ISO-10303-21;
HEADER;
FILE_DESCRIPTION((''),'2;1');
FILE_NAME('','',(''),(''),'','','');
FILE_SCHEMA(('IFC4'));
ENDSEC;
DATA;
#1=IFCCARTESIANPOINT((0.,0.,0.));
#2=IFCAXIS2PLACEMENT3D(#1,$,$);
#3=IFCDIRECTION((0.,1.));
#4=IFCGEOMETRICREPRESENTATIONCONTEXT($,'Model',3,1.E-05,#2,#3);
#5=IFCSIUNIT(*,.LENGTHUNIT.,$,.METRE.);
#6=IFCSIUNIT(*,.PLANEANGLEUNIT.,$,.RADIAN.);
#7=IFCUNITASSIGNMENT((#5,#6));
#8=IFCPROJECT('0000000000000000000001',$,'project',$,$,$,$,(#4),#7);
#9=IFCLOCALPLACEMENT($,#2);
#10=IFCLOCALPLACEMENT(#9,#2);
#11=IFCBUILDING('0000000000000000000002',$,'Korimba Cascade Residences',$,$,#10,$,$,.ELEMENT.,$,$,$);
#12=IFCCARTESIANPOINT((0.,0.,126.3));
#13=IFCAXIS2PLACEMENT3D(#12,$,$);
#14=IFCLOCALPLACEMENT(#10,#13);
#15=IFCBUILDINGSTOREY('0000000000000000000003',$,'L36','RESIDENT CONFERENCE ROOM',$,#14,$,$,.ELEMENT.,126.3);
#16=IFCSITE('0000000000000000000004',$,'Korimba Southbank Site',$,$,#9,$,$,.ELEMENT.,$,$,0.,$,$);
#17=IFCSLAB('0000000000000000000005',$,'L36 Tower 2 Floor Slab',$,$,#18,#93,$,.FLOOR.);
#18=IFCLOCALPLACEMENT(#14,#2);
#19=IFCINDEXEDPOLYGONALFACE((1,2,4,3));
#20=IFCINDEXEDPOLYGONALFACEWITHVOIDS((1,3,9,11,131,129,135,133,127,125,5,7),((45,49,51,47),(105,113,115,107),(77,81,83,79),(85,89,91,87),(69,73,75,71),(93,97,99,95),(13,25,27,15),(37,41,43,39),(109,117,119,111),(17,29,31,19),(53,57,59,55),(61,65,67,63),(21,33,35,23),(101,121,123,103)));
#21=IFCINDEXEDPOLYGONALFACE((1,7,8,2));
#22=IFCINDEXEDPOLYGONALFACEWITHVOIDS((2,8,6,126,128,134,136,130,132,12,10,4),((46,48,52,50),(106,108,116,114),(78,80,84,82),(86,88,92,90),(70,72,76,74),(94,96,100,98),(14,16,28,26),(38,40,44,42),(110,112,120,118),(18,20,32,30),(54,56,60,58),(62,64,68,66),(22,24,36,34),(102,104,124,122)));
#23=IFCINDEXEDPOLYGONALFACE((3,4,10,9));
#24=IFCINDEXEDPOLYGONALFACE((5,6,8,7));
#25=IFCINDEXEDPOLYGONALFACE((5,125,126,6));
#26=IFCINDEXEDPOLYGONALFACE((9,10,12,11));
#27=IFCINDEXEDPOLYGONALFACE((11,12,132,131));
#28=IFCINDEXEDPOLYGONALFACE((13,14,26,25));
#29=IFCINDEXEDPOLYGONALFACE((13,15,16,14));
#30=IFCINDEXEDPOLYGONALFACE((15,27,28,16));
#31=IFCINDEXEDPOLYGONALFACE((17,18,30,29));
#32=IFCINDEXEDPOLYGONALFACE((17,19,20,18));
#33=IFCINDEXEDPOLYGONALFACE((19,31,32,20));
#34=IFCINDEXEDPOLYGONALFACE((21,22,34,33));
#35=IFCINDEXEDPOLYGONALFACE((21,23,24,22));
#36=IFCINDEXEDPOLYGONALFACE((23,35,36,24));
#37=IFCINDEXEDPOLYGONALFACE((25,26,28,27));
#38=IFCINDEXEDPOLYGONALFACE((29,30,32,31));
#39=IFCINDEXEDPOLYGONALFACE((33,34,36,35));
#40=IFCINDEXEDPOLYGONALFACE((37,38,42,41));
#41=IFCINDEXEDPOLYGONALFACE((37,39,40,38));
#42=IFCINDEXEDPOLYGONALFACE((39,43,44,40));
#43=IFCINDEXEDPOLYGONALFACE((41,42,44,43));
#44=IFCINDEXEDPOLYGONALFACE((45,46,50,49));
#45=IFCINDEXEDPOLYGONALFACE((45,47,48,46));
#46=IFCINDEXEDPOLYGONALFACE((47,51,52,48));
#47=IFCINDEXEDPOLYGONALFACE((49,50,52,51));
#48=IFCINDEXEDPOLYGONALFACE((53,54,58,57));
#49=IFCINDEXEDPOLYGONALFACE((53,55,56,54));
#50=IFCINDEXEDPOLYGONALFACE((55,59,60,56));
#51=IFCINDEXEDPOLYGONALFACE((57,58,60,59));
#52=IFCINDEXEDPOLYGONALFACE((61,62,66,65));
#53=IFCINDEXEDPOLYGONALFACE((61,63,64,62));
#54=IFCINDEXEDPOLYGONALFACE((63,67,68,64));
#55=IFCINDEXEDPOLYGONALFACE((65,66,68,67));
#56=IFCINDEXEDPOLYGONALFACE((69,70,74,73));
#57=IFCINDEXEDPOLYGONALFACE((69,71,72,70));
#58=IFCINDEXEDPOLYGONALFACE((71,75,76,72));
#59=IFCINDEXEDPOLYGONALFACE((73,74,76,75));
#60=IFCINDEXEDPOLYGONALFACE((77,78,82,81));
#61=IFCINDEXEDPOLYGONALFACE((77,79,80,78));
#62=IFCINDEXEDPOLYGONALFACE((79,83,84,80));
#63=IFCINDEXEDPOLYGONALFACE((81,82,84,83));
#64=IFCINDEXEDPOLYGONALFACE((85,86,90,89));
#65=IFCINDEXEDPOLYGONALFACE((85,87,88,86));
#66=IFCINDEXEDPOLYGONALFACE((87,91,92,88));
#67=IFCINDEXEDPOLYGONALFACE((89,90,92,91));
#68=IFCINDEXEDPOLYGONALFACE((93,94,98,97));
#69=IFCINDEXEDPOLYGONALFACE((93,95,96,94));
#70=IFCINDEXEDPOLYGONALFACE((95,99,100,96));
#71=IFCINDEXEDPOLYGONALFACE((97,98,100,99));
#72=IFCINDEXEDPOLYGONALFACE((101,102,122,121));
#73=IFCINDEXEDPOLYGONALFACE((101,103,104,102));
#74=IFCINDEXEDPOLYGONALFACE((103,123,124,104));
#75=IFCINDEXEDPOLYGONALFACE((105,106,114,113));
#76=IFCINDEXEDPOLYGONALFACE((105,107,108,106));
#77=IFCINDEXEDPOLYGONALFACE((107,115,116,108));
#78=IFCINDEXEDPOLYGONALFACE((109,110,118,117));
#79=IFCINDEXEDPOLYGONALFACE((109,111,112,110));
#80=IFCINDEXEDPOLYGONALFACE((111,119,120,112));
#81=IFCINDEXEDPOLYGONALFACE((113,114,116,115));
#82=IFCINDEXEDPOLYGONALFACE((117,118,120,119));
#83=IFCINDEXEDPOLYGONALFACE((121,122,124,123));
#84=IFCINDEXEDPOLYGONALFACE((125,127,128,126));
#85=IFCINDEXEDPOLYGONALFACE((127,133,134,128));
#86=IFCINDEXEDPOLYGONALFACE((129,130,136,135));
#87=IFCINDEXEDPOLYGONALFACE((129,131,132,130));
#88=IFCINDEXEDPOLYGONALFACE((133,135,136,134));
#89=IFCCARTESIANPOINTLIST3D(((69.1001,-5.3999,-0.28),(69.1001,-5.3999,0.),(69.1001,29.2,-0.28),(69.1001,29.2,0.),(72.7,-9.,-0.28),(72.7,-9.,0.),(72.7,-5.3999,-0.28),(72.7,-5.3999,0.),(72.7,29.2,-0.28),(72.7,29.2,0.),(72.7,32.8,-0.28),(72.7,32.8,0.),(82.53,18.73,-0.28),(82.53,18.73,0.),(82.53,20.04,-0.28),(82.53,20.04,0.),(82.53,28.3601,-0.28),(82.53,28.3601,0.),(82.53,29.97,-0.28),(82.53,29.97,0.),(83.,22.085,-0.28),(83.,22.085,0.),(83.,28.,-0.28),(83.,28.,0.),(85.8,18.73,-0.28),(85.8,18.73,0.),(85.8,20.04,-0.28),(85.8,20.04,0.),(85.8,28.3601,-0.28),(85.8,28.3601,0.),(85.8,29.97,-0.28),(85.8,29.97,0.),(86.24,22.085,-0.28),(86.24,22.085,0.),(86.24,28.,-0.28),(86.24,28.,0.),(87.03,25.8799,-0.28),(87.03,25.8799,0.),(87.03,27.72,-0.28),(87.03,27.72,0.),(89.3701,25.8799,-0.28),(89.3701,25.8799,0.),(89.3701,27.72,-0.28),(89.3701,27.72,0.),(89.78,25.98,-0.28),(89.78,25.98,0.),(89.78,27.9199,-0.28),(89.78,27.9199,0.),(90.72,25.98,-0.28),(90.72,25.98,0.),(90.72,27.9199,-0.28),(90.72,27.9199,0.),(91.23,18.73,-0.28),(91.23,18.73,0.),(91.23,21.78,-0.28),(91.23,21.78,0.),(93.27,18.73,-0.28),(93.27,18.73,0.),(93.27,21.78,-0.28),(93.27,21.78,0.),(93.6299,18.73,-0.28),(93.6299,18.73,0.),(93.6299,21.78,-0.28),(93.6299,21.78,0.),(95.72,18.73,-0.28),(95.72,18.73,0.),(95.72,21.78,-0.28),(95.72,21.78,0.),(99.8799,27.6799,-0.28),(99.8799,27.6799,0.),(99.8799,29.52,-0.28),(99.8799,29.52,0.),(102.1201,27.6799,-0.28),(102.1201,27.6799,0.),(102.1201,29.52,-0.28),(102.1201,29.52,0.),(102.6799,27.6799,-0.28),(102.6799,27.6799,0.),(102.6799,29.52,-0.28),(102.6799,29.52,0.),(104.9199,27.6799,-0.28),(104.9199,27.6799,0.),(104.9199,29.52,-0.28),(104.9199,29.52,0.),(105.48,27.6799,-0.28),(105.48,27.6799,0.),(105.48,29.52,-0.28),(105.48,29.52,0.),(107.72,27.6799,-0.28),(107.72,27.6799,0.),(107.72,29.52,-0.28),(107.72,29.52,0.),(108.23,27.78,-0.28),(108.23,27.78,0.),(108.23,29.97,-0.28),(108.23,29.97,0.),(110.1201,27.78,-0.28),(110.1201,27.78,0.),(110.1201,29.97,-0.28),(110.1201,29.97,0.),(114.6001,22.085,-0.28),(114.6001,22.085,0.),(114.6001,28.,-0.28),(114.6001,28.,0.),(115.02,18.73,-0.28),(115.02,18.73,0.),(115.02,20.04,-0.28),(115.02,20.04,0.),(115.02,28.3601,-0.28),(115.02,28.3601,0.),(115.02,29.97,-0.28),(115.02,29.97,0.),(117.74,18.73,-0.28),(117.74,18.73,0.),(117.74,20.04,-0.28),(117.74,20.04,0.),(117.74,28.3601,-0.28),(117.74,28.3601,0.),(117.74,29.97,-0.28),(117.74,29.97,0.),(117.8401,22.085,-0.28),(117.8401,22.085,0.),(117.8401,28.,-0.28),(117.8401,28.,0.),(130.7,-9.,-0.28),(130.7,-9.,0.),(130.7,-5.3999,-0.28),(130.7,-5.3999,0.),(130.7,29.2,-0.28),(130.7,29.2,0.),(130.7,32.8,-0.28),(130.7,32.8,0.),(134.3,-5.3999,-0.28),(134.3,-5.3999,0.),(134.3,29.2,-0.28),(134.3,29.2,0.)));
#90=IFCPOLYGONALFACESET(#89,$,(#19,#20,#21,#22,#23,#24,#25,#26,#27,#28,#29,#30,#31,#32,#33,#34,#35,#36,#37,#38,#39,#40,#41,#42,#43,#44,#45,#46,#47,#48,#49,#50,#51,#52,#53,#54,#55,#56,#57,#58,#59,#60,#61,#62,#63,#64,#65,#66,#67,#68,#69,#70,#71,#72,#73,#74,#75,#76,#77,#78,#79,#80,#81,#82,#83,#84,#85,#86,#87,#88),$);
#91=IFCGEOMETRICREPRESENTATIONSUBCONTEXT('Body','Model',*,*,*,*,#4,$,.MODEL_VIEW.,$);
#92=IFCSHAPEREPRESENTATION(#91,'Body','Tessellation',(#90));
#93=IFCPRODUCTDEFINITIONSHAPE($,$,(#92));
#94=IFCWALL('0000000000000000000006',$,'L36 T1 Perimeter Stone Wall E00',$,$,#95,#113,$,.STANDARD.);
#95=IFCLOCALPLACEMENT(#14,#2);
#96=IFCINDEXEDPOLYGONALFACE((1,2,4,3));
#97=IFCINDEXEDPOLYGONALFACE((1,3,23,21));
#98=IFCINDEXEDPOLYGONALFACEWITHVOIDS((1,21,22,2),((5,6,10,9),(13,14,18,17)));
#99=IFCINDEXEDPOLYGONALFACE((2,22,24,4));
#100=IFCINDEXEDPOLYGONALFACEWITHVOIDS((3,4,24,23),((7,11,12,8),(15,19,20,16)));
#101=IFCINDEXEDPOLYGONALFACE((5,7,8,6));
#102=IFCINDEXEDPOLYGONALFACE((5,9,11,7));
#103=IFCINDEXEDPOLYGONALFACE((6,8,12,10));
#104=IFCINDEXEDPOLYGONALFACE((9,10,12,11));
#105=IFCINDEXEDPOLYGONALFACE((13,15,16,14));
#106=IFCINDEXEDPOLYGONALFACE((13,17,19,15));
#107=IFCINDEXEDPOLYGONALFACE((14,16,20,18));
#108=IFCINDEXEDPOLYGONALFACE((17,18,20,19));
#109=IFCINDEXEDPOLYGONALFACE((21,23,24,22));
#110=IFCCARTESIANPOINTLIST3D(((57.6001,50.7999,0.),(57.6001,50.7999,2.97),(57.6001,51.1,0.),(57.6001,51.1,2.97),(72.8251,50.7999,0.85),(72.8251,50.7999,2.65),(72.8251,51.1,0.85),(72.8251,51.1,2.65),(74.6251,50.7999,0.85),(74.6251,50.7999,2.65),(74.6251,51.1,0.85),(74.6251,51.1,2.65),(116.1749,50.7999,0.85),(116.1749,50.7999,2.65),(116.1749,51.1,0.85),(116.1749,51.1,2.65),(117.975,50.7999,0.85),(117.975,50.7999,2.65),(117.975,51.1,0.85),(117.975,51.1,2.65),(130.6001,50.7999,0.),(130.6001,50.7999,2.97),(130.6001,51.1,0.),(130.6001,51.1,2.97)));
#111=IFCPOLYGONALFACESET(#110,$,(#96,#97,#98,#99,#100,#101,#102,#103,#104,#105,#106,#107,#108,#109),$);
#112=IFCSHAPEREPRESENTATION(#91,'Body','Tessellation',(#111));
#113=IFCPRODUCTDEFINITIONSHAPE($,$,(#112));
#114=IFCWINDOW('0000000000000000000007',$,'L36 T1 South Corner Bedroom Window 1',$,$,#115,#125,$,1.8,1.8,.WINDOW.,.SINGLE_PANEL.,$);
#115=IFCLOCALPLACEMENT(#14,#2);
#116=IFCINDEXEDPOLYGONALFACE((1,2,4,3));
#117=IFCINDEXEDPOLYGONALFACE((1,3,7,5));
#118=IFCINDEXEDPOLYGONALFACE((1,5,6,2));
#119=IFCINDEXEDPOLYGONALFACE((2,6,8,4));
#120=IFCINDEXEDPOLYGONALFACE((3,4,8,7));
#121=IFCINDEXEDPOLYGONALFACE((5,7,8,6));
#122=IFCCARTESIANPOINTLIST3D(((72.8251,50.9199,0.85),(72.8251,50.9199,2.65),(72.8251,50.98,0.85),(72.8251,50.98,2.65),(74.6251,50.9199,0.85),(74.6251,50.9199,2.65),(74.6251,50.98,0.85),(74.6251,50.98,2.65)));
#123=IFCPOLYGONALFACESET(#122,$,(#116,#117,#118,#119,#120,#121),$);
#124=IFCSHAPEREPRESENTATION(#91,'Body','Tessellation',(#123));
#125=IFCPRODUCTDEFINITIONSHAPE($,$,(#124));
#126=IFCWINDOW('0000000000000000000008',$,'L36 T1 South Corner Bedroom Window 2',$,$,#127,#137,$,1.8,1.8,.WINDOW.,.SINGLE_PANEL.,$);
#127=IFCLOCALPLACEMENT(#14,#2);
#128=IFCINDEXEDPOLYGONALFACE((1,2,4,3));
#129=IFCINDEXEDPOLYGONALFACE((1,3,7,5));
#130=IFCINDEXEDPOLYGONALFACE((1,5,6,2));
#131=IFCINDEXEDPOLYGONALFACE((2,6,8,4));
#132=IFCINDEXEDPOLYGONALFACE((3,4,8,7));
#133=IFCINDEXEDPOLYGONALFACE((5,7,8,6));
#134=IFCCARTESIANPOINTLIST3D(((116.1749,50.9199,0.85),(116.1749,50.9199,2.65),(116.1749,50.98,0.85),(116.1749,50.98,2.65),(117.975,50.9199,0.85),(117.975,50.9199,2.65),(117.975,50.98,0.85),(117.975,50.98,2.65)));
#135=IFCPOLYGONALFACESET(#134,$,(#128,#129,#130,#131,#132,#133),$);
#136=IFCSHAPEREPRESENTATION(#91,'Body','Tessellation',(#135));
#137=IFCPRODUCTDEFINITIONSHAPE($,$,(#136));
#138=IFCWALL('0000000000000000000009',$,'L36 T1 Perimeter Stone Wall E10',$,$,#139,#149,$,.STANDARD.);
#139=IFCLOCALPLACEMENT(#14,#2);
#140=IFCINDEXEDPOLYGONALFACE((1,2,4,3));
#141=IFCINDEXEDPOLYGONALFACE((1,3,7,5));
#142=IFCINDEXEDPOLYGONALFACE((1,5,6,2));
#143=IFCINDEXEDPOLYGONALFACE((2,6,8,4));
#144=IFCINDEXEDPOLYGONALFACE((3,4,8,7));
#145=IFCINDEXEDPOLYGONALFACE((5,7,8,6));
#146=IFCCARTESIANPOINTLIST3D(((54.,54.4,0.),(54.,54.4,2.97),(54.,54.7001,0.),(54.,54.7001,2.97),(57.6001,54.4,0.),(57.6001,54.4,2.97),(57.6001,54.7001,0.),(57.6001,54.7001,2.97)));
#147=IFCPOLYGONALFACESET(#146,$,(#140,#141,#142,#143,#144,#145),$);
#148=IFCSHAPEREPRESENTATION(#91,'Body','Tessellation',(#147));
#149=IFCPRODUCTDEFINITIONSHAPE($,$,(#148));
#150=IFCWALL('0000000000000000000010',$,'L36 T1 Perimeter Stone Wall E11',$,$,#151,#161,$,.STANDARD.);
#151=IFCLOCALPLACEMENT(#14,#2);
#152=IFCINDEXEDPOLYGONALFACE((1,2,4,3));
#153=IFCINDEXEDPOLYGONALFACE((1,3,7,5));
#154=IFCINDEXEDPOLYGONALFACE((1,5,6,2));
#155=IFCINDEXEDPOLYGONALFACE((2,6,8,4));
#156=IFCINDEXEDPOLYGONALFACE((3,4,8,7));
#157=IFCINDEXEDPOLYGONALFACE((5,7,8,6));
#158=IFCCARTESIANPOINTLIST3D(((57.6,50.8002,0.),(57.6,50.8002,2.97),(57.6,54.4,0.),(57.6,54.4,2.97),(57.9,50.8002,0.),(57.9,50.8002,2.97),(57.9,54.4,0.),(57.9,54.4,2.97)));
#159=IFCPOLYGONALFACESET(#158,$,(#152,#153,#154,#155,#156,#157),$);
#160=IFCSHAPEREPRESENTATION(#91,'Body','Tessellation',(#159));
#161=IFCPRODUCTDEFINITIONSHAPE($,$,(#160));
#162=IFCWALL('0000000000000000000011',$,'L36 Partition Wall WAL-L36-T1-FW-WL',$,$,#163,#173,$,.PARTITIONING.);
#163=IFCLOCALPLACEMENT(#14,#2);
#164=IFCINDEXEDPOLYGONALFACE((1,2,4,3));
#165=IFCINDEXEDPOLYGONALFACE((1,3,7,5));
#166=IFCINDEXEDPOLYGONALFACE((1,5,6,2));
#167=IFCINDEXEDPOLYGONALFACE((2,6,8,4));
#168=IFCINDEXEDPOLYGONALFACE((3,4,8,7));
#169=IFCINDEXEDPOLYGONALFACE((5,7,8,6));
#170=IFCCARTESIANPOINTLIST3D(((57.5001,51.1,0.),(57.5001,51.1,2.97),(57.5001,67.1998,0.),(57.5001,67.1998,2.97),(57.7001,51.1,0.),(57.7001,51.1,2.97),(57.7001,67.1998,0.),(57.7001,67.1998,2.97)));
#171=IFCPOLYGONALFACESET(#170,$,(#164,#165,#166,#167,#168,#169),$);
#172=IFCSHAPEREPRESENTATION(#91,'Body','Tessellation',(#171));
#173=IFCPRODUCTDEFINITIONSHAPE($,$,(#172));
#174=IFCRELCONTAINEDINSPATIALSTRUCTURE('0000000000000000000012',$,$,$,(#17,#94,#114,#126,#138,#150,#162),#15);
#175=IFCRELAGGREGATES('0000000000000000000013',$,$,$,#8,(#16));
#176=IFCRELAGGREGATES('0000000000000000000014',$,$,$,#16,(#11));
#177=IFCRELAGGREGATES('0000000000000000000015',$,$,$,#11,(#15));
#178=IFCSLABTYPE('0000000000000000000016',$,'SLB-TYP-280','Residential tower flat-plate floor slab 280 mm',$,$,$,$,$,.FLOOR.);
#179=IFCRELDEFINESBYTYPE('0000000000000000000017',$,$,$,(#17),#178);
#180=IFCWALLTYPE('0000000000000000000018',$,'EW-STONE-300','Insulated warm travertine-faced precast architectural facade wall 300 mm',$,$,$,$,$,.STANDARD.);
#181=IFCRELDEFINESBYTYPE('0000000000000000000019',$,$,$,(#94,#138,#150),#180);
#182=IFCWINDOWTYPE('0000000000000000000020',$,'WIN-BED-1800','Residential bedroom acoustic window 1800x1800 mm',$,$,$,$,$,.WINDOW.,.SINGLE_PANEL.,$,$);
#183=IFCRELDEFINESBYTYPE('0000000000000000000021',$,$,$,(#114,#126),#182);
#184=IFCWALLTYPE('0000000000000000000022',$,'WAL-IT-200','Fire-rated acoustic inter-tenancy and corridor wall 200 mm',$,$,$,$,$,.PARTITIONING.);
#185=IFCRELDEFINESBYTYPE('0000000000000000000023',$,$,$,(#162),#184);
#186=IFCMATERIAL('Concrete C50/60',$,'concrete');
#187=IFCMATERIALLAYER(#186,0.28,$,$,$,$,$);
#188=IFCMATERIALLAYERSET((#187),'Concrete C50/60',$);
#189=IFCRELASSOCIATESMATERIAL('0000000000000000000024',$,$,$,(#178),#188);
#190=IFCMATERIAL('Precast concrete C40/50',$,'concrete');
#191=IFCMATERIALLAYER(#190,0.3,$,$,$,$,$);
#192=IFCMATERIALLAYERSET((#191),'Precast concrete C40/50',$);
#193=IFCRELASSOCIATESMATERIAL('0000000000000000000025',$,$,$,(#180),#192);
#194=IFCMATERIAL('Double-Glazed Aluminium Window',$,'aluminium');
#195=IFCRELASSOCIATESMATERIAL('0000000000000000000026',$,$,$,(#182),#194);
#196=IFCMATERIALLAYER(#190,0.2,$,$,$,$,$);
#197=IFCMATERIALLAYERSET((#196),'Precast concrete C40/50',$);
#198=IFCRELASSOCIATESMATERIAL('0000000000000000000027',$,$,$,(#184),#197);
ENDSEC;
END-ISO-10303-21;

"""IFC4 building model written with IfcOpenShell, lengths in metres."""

from ifc_helpers import new_model, si_unit, direction, frame, frame_2d, origin, place, context, subcontext, project, spatial, polyline, rectangle, outline, extrude, material, layer, layer_set, type_object, element, fill, save


model = new_model("IFC4")

# Units and contexts
model_context = context("Model", 3, precision=1e-05, world=origin(), true_north=direction((0.0, 1.0)))
body_context = subcontext(model_context, "Body", "Model", "MODEL_VIEW")
ifc_project = project(units=[si_unit("LENGTHUNIT", "METRE"), si_unit("PLANEANGLEUNIT", "RADIAN")], contexts=[model_context])

# Site, building, storey
site_placement = place(None, origin())
site = spatial("IfcSite", under=ifc_project, at=site_placement, Name="Korimba Southbank Site", CompositionType="ELEMENT", RefElevation=0.0)
building_placement = place(site_placement, origin())
building = spatial("IfcBuilding", under=site, at=building_placement, Name="Korimba Cascade Residences", CompositionType="ELEMENT")
storey_placement = place(building_placement, frame((0.0, 0.0, 126.3)))
storey = spatial("IfcBuildingStorey", under=building, at=storey_placement, Name="L36", Description="RESIDENT CONFERENCE ROOM", CompositionType="ELEMENT", Elevation=126.3)

# Shared definitions
ifc_material_1 = material(Name="Concrete C50/60", Category="concrete")

# Slab
ifc_material_2 = material(Name="Precast concrete C40/50", Category="concrete")
ifc_layer_1 = layer(ifc_material_1, 0.28)
ifc_layer_set_1 = layer_set([ifc_layer_1], Name="Concrete C50/60")
slab_type_1 = type_object("IfcSlabType", Name="SLB-TYP-280", Description="Residential tower flat-plate floor slab 280 mm", PredefinedType="FLOOR", material=ifc_layer_set_1)
slab_1_placement = place(storey_placement, frame((0.0, 0.0, -0.28)))
element("IfcSlab", 1, at=slab_1_placement, inside=storey, type_object=slab_type_1, Name="L36 Tower 2 Floor Slab", PredefinedType="FLOOR", context=body_context, shape_type="SweptSolid", body=[
    extrude(outline(polyline([(72.7, -9.0), (130.7, -9.0), (130.7, -5.3999), (134.3, -5.3999), (134.3, 29.2), (130.7, 29.2), (130.7, 32.8), (72.7, 32.8), (72.7, 29.2), (69.1001, 29.2), (69.1001, -5.3999), (72.7, -5.3999), (72.7, -9.0)]), holes=[polyline([(86.24, 22.085), (86.24, 28.0), (83.0, 28.0), (83.0, 22.085), (86.24, 22.085)]), polyline([(117.8401, 22.085), (117.8401, 28.0), (114.6001, 28.0), (114.6001, 22.085), (117.8401, 22.085)]), polyline([(87.03, 25.8799), (89.3701, 25.8799), (89.3701, 27.72), (87.03, 27.72), (87.03, 25.8799)]), polyline([(99.8799, 27.6799), (102.1201, 27.6799), (102.1201, 29.52), (99.8799, 29.52), (99.8799, 27.6799)]), polyline([(102.6799, 27.6799), (104.9199, 27.6799), (104.9199, 29.52), (102.6799, 29.52), (102.6799, 27.6799)]), polyline([(105.48, 27.6799), (107.72, 27.6799), (107.72, 29.52), (105.48, 29.52), (105.48, 27.6799)]), polyline([(89.78, 25.98), (90.72, 25.98), (90.72, 27.9199), (89.78, 27.9199), (89.78, 25.98)]), polyline([(82.53, 18.73), (85.8, 18.73), (85.8, 20.04), (82.53, 20.04), (82.53, 18.73)]), polyline([(82.53, 28.3601), (85.8, 28.3601), (85.8, 29.97), (82.53, 29.97), (82.53, 28.3601)]), polyline([(108.23, 27.78), (110.1201, 27.78), (110.1201, 29.97), (108.23, 29.97), (108.23, 27.78)]), polyline([(91.23, 18.73), (93.27, 18.73), (93.27, 21.78), (91.23, 21.78), (91.23, 18.73)]), polyline([(93.6299, 18.73), (95.72, 18.73), (95.72, 21.78), (93.6299, 21.78), (93.6299, 18.73)]), polyline([(115.02, 18.73), (117.74, 18.73), (117.74, 20.04), (115.02, 20.04), (115.02, 18.73)]), polyline([(115.02, 28.3601), (117.74, 28.3601), (117.74, 29.97), (115.02, 29.97), (115.02, 28.3601)])]), origin(), (0.0, 0.0, 1.0), 0.28),
])

# Wall, openings, windows
ifc_layer_2 = layer(ifc_material_2, 0.3)
ifc_layer_set_2 = layer_set([ifc_layer_2], Name="Precast concrete C40/50")
wall_type_1 = type_object("IfcWallType", Name="EW-STONE-300", Description="Insulated warm travertine-faced precast architectural facade wall 300 mm", PredefinedType="STANDARD", material=ifc_layer_set_2)
wall_1_placement = place(storey_placement, frame((57.6001, 50.95, 0.0), z_axis=(0.0, 0.0, 1.0), x_axis=(1.0, 0.0, 0.0)))
wall_1 = element("IfcWall", 2, at=wall_1_placement, inside=storey, type_object=wall_type_1, Name="L36 T1 Perimeter Stone Wall E00", PredefinedType="STANDARD", context=body_context, shape_type="SweptSolid", body=[
    extrude(rectangle(XDim=73.0, YDim=0.3, at=frame_2d((36.5, 0.0))), origin(), (0.0, 0.0, 1.0), 2.97),
])
opening_1_placement = place(wall_1_placement, frame((15.2251, 0.0, 0.8501)))
opening_1 = element("IfcOpeningElement", 3, at=opening_1_placement, cuts=wall_1, PredefinedType="OPENING", context=body_context, shape_type="SweptSolid", body=[
    extrude(rectangle(XDim=1.8, YDim=1.8, at=frame_2d((0.8999, 0.8999))), frame((0.0, 0.1602, 0.0), z_axis=(0.0, -1.0, 0.0), x_axis=(1.0, 0.0, 0.0)), (0.0, 0.0, 1.0), 0.3201),
])
opening_2_placement = place(wall_1_placement, frame((58.575, 0.0, 0.8501)))
opening_2 = element("IfcOpeningElement", 4, at=opening_2_placement, cuts=wall_1, PredefinedType="OPENING", context=body_context, shape_type="SweptSolid", body=[
    extrude(rectangle(XDim=1.8, YDim=1.8, at=frame_2d((0.8999, 0.8999))), frame((0.0, 0.1602, 0.0), z_axis=(0.0, -1.0, 0.0), x_axis=(1.0, 0.0, 0.0)), (0.0, 0.0, 1.0), 0.3201),
])
ifc_material_3 = material(Name="Double-Glazed Aluminium Window", Category="aluminium")
window_type = type_object("IfcWindowType", Name="WIN-BED-1800", Description="Residential bedroom acoustic window 1800x1800 mm", PartitioningType="SINGLE_PANEL", PredefinedType="WINDOW", material=ifc_material_3)
window_1_placement = place(opening_1_placement, origin())
window_1 = element("IfcWindow", 5, at=window_1_placement, inside=storey, type_object=window_type, Name="L36 T1 South Corner Bedroom Window 1", OverallHeight=1.8, OverallWidth=1.8, PartitioningType="SINGLE_PANEL", PredefinedType="WINDOW", context=body_context, shape_type="SweptSolid", body=[
    extrude(rectangle(XDim=1.8, YDim=1.8, at=frame_2d((0.8999, 0.8999))), frame((0.0, 0.03, 0.0), z_axis=(0.0, -1.0, 0.0), x_axis=(1.0, 0.0, 0.0)), (0.0, 0.0, 1.0), 0.0601),
])
fill(opening_1, window_1)
window_2_placement = place(opening_2_placement, origin())
window_2 = element("IfcWindow", 6, at=window_2_placement, inside=storey, type_object=window_type, Name="L36 T1 South Corner Bedroom Window 2", OverallHeight=1.8, OverallWidth=1.8, PartitioningType="SINGLE_PANEL", PredefinedType="WINDOW", context=body_context, shape_type="SweptSolid", body=[
    extrude(rectangle(XDim=1.8, YDim=1.8, at=frame_2d((0.8999, 0.8999))), frame((0.0, 0.03, 0.0), z_axis=(0.0, -1.0, 0.0), x_axis=(1.0, 0.0, 0.0)), (0.0, 0.0, 1.0), 0.0601),
])
fill(opening_2, window_2)

# Walls
wall_2_placement = place(storey_placement, frame((54.0, 54.55, 0.0), z_axis=(0.0, 0.0, 1.0), x_axis=(1.0, 0.0, 0.0)))
element("IfcWall", 7, at=wall_2_placement, inside=storey, type_object=wall_type_1, Name="L36 T1 Perimeter Stone Wall E10", PredefinedType="STANDARD", context=body_context, shape_type="SweptSolid", body=[
    extrude(rectangle(XDim=3.6001, YDim=0.3, at=frame_2d((1.8, 0.0))), origin(), (0.0, 0.0, 1.0), 2.97),
])
wall_3_placement = place(storey_placement, frame((57.75, 54.3999, 0.0), z_axis=(0.0, 0.0, 1.0), x_axis=(0.0, -1.0, 0.0)))
element("IfcWall", 8, at=wall_3_placement, inside=storey, type_object=wall_type_1, Name="L36 T1 Perimeter Stone Wall E11", PredefinedType="STANDARD", context=body_context, shape_type="SweptSolid", body=[
    extrude(rectangle(XDim=3.5999, YDim=0.3, at=frame_2d((1.7998, 0.0))), origin(), (0.0, 0.0, 1.0), 2.97),
])
ifc_layer_3 = layer(ifc_material_2, 0.2)
ifc_layer_set_3 = layer_set([ifc_layer_3], Name="Precast concrete C40/50")
wall_type_2 = type_object("IfcWallType", Name="WAL-IT-200", Description="Fire-rated acoustic inter-tenancy and corridor wall 200 mm", PredefinedType="PARTITIONING", material=ifc_layer_set_3)
wall_4_placement = place(storey_placement, frame((57.6001, 51.1001, 0.0), z_axis=(0.0, 0.0, 1.0), x_axis=(0.0, 1.0, 0.0)))
element("IfcWall", 9, at=wall_4_placement, inside=storey, type_object=wall_type_2, Name="L36 Partition Wall WAL-L36-T1-FW-WL", PredefinedType="PARTITIONING", context=body_context, shape_type="SweptSolid", body=[
    extrude(rectangle(XDim=16.0999, YDim=0.2, at=frame_2d((8.0498, 0.0))), origin(), (0.0, 0.0, 1.0), 2.97),
])

save(model, "model.ifc")
